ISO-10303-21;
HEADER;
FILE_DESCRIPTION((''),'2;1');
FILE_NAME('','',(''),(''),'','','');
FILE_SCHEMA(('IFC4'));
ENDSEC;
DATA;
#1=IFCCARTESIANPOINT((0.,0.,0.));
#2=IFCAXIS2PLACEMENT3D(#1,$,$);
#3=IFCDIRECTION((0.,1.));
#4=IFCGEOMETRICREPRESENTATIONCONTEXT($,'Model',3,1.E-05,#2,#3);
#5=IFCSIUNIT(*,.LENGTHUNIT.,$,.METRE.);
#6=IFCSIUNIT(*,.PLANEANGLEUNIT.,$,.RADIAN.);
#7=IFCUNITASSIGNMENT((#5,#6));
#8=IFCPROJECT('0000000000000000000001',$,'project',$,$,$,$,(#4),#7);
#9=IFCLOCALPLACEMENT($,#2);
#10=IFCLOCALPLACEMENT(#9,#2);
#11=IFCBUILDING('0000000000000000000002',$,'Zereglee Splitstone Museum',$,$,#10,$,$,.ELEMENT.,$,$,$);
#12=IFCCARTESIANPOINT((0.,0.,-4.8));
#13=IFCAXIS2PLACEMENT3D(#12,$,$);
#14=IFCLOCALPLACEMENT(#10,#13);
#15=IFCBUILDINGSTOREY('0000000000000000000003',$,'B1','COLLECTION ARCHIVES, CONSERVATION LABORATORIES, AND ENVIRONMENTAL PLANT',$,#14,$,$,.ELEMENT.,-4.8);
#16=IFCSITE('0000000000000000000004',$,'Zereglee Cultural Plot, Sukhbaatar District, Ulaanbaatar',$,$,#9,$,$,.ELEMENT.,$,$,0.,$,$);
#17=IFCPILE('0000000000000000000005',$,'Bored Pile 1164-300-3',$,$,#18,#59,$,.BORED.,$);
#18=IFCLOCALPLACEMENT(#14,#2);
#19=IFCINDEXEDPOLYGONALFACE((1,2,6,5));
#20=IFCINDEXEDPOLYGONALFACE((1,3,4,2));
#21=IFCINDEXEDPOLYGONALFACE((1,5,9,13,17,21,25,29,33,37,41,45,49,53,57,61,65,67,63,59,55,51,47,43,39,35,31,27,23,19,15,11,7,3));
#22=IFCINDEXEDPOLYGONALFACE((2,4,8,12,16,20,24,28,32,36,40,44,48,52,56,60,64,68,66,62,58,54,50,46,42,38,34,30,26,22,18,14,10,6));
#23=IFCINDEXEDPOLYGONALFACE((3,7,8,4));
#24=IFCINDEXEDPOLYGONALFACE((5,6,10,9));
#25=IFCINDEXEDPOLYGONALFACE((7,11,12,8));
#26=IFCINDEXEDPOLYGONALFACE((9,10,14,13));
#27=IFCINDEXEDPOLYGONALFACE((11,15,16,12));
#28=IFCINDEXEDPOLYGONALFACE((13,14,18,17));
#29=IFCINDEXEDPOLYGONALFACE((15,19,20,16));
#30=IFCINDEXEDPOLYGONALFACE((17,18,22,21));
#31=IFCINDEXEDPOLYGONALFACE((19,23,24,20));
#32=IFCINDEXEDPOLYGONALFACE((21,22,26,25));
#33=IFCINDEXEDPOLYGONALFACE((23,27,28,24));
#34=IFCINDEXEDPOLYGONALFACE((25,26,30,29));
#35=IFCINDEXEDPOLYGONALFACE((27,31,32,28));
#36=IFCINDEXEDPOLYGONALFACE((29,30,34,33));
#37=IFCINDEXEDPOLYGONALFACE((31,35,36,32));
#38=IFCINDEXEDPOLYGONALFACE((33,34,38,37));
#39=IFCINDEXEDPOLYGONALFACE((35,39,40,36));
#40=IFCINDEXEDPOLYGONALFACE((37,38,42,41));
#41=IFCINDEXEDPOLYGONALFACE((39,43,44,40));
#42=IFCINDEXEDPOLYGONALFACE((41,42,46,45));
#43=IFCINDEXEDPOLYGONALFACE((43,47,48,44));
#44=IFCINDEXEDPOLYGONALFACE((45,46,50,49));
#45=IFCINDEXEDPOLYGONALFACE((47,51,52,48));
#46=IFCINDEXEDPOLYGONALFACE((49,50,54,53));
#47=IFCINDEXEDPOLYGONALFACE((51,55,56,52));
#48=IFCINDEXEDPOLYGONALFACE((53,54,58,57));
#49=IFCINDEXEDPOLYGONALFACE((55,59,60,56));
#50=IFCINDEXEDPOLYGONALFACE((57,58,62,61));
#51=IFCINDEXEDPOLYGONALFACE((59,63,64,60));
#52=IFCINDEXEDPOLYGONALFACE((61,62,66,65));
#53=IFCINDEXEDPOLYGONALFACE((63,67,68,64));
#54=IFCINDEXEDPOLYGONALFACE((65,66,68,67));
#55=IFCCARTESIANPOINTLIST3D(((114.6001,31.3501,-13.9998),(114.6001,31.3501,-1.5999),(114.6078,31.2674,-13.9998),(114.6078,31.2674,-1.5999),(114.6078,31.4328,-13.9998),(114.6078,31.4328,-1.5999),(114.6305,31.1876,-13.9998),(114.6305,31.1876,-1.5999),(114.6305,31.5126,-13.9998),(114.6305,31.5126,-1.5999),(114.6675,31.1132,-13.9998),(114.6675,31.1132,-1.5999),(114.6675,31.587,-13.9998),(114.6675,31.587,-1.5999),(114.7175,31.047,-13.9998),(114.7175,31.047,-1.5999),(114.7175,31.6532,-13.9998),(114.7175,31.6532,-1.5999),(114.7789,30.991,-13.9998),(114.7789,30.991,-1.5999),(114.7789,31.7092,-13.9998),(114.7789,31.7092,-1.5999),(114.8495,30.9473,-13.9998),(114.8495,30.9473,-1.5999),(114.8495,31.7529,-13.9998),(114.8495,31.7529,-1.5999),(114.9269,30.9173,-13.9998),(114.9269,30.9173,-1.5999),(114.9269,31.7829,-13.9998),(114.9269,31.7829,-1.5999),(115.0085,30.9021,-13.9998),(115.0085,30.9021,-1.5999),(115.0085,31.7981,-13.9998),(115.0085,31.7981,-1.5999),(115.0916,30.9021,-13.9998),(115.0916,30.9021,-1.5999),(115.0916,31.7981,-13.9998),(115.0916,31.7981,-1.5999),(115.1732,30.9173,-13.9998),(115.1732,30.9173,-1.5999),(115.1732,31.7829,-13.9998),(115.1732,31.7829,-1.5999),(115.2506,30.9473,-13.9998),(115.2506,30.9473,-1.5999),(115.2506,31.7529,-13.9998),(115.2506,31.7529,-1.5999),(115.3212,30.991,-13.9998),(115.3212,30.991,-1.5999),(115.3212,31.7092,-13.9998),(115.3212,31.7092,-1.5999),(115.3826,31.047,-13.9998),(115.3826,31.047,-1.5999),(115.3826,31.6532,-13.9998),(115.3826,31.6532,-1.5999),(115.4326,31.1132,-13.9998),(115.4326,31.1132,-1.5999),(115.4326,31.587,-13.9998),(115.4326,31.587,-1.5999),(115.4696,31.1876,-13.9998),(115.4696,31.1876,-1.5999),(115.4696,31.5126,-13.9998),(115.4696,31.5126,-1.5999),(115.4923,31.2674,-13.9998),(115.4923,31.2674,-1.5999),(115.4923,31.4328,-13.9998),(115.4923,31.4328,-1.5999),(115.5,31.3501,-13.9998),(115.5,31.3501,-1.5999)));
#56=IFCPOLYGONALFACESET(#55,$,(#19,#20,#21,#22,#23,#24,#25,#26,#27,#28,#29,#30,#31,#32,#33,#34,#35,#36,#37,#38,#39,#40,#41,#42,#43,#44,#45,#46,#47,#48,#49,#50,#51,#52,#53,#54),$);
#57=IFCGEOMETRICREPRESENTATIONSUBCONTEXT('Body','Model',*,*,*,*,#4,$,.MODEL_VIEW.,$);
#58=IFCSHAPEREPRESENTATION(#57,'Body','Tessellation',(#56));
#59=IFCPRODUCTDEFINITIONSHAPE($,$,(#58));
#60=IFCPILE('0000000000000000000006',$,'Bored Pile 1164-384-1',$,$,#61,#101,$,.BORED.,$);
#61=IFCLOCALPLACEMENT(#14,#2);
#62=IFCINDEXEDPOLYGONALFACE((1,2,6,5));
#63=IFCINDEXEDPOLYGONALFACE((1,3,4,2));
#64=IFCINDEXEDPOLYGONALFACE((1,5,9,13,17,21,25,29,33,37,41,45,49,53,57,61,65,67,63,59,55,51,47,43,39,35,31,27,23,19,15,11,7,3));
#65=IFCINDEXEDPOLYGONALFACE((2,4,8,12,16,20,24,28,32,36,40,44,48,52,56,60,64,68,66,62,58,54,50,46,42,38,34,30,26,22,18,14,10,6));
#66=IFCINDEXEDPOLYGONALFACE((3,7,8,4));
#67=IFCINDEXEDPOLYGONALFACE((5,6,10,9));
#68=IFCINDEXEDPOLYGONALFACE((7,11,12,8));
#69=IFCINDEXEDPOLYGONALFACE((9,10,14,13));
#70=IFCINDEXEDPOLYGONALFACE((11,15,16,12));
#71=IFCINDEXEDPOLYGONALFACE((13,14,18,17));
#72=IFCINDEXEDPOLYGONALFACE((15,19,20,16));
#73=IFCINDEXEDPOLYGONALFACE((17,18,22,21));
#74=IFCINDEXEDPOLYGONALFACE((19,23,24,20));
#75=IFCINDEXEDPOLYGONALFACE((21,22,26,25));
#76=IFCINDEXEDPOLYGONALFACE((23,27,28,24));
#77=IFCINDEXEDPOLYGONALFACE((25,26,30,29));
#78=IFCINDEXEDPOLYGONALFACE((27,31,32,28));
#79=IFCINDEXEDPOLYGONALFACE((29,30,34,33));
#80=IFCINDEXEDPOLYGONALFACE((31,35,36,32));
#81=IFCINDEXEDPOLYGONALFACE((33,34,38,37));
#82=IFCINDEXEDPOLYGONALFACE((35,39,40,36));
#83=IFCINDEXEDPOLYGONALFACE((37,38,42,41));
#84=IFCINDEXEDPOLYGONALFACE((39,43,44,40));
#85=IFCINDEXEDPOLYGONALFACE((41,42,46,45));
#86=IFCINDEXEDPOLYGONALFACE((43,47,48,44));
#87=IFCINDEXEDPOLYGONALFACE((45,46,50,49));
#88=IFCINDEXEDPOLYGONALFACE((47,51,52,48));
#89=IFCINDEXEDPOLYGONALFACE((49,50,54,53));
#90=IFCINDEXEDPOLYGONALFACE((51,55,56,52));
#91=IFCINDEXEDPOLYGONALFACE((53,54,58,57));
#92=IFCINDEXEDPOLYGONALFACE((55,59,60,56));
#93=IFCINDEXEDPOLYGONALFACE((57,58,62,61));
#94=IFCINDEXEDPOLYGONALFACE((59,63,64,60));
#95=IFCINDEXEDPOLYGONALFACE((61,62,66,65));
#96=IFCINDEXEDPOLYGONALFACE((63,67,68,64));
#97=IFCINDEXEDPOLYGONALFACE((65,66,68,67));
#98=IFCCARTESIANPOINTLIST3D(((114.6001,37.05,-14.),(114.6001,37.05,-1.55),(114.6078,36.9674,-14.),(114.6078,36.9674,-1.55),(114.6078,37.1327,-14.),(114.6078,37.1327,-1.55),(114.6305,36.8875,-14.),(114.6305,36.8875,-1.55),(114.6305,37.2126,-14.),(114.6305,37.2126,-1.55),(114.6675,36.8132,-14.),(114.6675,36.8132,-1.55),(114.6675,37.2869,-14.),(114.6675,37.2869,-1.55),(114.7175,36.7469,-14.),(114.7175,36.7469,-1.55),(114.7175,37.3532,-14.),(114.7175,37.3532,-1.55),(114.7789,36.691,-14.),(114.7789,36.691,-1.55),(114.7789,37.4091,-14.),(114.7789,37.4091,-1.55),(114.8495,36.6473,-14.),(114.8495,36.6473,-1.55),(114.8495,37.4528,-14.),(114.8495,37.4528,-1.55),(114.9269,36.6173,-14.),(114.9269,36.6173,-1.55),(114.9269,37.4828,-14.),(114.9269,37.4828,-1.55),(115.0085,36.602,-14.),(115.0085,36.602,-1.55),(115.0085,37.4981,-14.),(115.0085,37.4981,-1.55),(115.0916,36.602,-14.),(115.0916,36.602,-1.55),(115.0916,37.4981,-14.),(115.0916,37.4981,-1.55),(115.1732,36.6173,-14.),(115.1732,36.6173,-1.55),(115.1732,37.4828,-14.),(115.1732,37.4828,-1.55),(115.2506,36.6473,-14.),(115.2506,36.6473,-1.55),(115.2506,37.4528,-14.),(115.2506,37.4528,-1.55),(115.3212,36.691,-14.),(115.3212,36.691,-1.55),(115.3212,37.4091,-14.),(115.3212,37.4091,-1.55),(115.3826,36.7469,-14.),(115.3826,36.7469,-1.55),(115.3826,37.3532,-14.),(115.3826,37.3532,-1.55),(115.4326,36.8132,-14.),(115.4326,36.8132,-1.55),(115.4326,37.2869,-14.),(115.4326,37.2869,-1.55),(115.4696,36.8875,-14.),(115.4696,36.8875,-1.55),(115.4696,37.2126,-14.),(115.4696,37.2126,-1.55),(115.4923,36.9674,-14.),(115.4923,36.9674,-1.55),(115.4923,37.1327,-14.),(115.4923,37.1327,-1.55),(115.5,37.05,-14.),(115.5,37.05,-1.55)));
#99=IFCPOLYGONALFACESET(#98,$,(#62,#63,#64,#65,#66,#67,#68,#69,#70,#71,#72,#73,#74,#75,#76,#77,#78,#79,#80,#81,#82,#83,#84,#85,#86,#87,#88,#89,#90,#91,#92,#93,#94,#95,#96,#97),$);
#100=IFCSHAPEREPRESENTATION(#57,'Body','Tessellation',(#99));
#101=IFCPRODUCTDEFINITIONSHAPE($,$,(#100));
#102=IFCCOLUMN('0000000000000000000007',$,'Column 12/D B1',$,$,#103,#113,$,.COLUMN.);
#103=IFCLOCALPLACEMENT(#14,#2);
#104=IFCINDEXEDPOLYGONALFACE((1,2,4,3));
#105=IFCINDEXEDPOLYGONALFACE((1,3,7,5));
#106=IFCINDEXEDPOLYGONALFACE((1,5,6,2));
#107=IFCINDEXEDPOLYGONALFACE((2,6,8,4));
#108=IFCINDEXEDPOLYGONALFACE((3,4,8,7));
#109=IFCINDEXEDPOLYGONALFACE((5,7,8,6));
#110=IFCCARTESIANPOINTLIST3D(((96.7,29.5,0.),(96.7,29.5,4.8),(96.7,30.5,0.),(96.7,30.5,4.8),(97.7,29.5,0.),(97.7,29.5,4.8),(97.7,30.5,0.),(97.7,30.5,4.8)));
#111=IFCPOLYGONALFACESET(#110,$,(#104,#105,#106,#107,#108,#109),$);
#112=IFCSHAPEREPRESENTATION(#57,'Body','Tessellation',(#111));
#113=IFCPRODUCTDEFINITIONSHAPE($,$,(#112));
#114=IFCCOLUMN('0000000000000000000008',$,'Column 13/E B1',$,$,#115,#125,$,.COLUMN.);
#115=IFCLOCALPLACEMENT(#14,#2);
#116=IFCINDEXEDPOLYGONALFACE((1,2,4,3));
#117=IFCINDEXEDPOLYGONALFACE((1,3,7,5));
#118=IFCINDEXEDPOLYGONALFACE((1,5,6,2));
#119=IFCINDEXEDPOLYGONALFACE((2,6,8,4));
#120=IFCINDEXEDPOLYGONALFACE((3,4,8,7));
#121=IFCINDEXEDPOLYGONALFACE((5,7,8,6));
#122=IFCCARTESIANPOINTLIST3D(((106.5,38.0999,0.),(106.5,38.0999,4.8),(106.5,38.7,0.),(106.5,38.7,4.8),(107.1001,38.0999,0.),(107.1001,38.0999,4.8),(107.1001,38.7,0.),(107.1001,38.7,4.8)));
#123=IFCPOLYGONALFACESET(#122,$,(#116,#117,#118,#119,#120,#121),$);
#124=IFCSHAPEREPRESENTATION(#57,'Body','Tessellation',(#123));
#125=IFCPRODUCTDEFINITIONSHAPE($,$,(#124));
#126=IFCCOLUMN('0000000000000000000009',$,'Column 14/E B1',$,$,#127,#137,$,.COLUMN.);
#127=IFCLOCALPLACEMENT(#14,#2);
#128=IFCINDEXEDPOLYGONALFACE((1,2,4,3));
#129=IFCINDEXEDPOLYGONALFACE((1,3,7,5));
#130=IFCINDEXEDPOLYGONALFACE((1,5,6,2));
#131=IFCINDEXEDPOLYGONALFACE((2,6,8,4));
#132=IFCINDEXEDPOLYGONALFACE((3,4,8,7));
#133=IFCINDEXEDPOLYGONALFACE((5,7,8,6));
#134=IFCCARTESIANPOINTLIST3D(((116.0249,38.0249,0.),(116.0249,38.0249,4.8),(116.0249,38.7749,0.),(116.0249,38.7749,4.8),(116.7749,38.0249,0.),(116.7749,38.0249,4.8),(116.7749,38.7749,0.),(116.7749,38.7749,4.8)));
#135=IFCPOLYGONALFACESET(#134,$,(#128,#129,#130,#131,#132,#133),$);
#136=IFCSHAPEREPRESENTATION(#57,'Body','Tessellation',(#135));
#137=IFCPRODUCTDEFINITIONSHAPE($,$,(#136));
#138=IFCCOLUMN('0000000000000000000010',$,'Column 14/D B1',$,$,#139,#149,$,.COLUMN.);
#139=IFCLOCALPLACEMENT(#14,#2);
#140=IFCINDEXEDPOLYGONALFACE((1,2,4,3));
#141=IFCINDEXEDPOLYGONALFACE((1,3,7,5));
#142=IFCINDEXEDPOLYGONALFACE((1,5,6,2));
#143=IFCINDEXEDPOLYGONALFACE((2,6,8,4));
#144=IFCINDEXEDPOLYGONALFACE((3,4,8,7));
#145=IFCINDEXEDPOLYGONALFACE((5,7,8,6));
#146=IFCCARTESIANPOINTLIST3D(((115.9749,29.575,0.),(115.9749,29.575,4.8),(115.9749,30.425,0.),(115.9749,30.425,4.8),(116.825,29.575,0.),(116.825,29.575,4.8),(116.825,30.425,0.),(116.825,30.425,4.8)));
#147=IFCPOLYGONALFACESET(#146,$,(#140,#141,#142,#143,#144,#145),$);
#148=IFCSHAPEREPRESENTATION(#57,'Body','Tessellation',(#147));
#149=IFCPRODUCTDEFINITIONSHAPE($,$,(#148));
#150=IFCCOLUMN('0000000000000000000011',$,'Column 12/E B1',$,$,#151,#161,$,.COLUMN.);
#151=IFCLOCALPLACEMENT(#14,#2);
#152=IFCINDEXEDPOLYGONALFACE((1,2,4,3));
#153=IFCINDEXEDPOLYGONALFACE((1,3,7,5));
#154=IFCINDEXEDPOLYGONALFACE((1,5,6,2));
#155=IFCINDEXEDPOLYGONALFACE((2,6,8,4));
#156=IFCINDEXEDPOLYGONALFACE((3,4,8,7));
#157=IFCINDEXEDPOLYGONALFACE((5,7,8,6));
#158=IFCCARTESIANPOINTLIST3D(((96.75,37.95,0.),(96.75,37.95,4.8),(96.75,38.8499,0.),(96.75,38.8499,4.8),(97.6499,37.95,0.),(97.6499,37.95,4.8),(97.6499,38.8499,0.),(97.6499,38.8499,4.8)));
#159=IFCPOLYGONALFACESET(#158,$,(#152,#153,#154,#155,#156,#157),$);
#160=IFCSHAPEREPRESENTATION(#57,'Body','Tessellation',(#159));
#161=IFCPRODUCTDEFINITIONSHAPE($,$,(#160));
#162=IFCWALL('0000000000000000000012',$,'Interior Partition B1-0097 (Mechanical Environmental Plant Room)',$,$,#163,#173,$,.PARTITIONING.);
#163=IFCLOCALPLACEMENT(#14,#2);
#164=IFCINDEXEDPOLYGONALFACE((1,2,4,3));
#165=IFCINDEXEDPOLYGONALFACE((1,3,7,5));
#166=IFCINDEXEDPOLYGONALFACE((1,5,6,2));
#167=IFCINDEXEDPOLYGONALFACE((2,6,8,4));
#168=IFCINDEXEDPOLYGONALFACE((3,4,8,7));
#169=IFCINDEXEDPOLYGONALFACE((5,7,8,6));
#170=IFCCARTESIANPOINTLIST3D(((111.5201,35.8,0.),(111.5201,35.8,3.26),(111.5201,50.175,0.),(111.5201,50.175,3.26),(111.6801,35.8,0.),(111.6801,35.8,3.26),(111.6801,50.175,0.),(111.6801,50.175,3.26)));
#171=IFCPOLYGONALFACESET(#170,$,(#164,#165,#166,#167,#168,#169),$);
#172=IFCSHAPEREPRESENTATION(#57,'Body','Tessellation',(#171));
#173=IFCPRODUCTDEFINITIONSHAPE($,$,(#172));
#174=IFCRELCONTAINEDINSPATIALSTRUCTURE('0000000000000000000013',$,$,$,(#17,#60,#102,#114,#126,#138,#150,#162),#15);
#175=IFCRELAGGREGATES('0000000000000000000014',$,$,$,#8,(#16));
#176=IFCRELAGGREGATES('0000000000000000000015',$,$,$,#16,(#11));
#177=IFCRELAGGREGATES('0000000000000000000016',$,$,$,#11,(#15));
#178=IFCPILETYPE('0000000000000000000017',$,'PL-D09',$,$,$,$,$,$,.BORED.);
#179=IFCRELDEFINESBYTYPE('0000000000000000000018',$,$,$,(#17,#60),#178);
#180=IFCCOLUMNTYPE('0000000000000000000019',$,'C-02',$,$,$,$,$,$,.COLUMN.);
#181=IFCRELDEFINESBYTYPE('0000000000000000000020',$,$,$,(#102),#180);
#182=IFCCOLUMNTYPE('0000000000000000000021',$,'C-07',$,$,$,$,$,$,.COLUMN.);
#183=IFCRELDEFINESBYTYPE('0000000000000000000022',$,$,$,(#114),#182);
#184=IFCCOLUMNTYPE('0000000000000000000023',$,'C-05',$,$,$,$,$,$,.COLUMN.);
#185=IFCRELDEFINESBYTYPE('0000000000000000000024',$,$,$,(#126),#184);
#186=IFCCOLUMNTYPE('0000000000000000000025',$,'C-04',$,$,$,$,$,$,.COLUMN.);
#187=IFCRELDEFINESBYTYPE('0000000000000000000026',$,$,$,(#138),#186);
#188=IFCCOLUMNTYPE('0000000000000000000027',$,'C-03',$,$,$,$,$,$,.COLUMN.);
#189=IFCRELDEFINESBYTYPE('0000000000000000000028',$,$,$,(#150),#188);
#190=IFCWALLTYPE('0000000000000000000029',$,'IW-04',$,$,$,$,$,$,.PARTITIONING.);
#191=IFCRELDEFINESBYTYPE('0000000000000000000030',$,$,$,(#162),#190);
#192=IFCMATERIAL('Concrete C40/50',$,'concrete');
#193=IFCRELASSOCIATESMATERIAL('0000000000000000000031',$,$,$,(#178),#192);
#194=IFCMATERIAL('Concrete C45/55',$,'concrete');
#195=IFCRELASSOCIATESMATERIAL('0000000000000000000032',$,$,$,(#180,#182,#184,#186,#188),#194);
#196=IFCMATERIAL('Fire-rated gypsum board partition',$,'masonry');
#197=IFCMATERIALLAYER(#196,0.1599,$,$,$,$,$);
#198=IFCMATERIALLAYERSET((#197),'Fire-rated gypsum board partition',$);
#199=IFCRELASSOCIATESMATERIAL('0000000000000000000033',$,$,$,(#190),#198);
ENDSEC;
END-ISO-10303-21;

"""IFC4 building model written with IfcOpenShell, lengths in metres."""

from ifc_helpers import new_model, si_unit, direction, frame, frame_2d, origin, origin_2d, place, context, subcontext, project, spatial, rectangle, circle, extrude, material, layer, layer_set, material_profile, profile_set, type_object, element, save


model = new_model("IFC4")

# Units and contexts
model_context = context("Model", 3, precision=1e-05, world=origin(), true_north=direction((0.0, 1.0)))
body_context = subcontext(model_context, "Body", "Model", "MODEL_VIEW")
ifc_project = project(units=[si_unit("LENGTHUNIT", "METRE"), si_unit("PLANEANGLEUNIT", "RADIAN")], contexts=[model_context])

# Site, building, storey
site_placement = place(None, origin())
site = spatial("IfcSite", under=ifc_project, at=site_placement, Name="Zereglee Cultural Plot, Sukhbaatar District, Ulaanbaatar", CompositionType="ELEMENT", RefElevation=0.0)
building_placement = place(site_placement, origin())
building = spatial("IfcBuilding", under=site, at=building_placement, Name="Zereglee Splitstone Museum", CompositionType="ELEMENT")
storey_placement = place(building_placement, frame((0.0, 0.0, -4.8)))
storey = spatial("IfcBuildingStorey", under=building, at=storey_placement, Name="B1", Description="COLLECTION ARCHIVES, CONSERVATION LABORATORIES, AND ENVIRONMENTAL PLANT", CompositionType="ELEMENT", Elevation=-4.8)

# Shared definitions
ifc_material_1 = material(Name="Concrete C40/50", Category="concrete")

# Piles
ifc_material_profile_1 = material_profile(ifc_material_1, circle(Radius=0.45, at=origin_2d()), Name="PILE D900")
ifc_profile_set_1 = profile_set([ifc_material_profile_1], Name="Concrete C40/50")
pile_type = type_object("IfcPileType", Name="PL-D09", PredefinedType="BORED", material=ifc_profile_set_1)
for number, where, z_axis, x_axis, name in (
    (1, (115.05, 31.3501, -1.5999), (0.0, 0.0, -1.0), (1.0, 0.0, 0.0), "Bored Pile 1164-300-3"),
):
    element("IfcPile", number, at=place(storey_placement, frame(where, z_axis=z_axis, x_axis=x_axis)), inside=storey, type_object=pile_type, Name=name, PredefinedType="BORED", context=body_context, shape_type="SweptSolid", body=[
        extrude(circle(Radius=0.45, at=origin_2d()), origin(), (0.0, 0.0, 1.0), 12.3999),
    ])
pile_placement = place(storey_placement, frame((115.05, 37.05, -1.55), z_axis=(0.0, 0.0, -1.0), x_axis=(1.0, 0.0, 0.0)))
element("IfcPile", 2, at=pile_placement, inside=storey, type_object=pile_type, Name="Bored Pile 1164-384-1", PredefinedType="BORED", context=body_context, shape_type="SweptSolid", body=[
    extrude(circle(Radius=0.45, at=origin_2d()), origin(), (0.0, 0.0, 1.0), 12.45),
])

# Columns
ifc_material_2 = material(Name="Concrete C45/55", Category="concrete")
ifc_material_profile_2 = material_profile(ifc_material_2, rectangle(XDim=1.0, YDim=1.0, at=origin_2d()), Name="RC 1000x1000")
ifc_profile_set_2 = profile_set([ifc_material_profile_2], Name="Concrete C45/55")
column_type_1 = type_object("IfcColumnType", Name="C-02", PredefinedType="COLUMN", material=ifc_profile_set_2)
column_1_placement = place(storey_placement, frame((97.2, 30.0, 0.0), z_axis=(0.0, 0.0, 1.0), x_axis=(1.0, 0.0, 0.0)))
element("IfcColumn", 3, at=column_1_placement, inside=storey, type_object=column_type_1, Name="Column 12/D B1", PredefinedType="COLUMN", context=body_context, shape_type="SweptSolid", body=[
    extrude(rectangle(XDim=1.0, YDim=1.0, at=origin_2d()), origin(), (0.0, 0.0, 1.0), 4.8),
])
ifc_material_profile_3 = material_profile(ifc_material_2, rectangle(XDim=0.6001, YDim=0.6001, at=origin_2d()), Name="RC 600x600")
ifc_profile_set_3 = profile_set([ifc_material_profile_3], Name="Concrete C45/55")
column_type_2 = type_object("IfcColumnType", Name="C-07", PredefinedType="COLUMN", material=ifc_profile_set_3)
column_2_placement = place(storey_placement, frame((106.8, 38.3999, 0.0), z_axis=(0.0, 0.0, 1.0), x_axis=(1.0, 0.0, 0.0)))
element("IfcColumn", 4, at=column_2_placement, inside=storey, type_object=column_type_2, Name="Column 13/E B1", PredefinedType="COLUMN", context=body_context, shape_type="SweptSolid", body=[
    extrude(rectangle(XDim=0.6001, YDim=0.6001, at=origin_2d()), origin(), (0.0, 0.0, 1.0), 4.8),
])
ifc_material_profile_4 = material_profile(ifc_material_2, rectangle(XDim=0.75, YDim=0.75, at=origin_2d()), Name="RC 750x750")
ifc_profile_set_4 = profile_set([ifc_material_profile_4], Name="Concrete C45/55")
column_type_3 = type_object("IfcColumnType", Name="C-05", PredefinedType="COLUMN", material=ifc_profile_set_4)
column_3_placement = place(storey_placement, frame((116.3999, 38.3999, 0.0), z_axis=(0.0, 0.0, 1.0), x_axis=(1.0, 0.0, 0.0)))
element("IfcColumn", 5, at=column_3_placement, inside=storey, type_object=column_type_3, Name="Column 14/E B1", PredefinedType="COLUMN", context=body_context, shape_type="SweptSolid", body=[
    extrude(rectangle(XDim=0.75, YDim=0.75, at=origin_2d()), origin(), (0.0, 0.0, 1.0), 4.8),
])
ifc_material_profile_5 = material_profile(ifc_material_2, rectangle(XDim=0.8501, YDim=0.8501, at=origin_2d()), Name="RC 850x850")
ifc_profile_set_5 = profile_set([ifc_material_profile_5], Name="Concrete C45/55")
column_type_4 = type_object("IfcColumnType", Name="C-04", PredefinedType="COLUMN", material=ifc_profile_set_5)
column_4_placement = place(storey_placement, frame((116.3999, 30.0, 0.0), z_axis=(0.0, 0.0, 1.0), x_axis=(1.0, 0.0, 0.0)))
element("IfcColumn", 6, at=column_4_placement, inside=storey, type_object=column_type_4, Name="Column 14/D B1", PredefinedType="COLUMN", context=body_context, shape_type="SweptSolid", body=[
    extrude(rectangle(XDim=0.8501, YDim=0.8501, at=origin_2d()), origin(), (0.0, 0.0, 1.0), 4.8),
])
ifc_material_profile_6 = material_profile(ifc_material_2, rectangle(XDim=0.8999, YDim=0.8999, at=origin_2d()), Name="RC 900x900")
ifc_profile_set_6 = profile_set([ifc_material_profile_6], Name="Concrete C45/55")
column_type_5 = type_object("IfcColumnType", Name="C-03", PredefinedType="COLUMN", material=ifc_profile_set_6)
column_5_placement = place(storey_placement, frame((97.2, 38.3999, 0.0), z_axis=(0.0, 0.0, 1.0), x_axis=(1.0, 0.0, 0.0)))
element("IfcColumn", 7, at=column_5_placement, inside=storey, type_object=column_type_5, Name="Column 12/E B1", PredefinedType="COLUMN", context=body_context, shape_type="SweptSolid", body=[
    extrude(rectangle(XDim=0.8999, YDim=0.8999, at=origin_2d()), origin(), (0.0, 0.0, 1.0), 4.8),
])

# Wall
ifc_material_3 = material(Name="Fire-rated gypsum board partition", Category="masonry")
ifc_layer_1 = layer(ifc_material_3, 0.1599)
ifc_layer_set_1 = layer_set([ifc_layer_1], Name="Fire-rated gypsum board partition")
wall_type = type_object("IfcWallType", Name="IW-04", PredefinedType="PARTITIONING", material=ifc_layer_set_1)
wall_placement = place(storey_placement, frame((111.6001, 35.8, 0.0), z_axis=(0.0, 0.0, 1.0), x_axis=(0.0, 1.0, 0.0)))
element("IfcWall", 8, at=wall_placement, inside=storey, type_object=wall_type, Name="Interior Partition B1-0097 (Mechanical Environmental Plant Room)", PredefinedType="PARTITIONING", context=body_context, shape_type="SweptSolid", body=[
    extrude(rectangle(XDim=14.375, YDim=0.1599, at=frame_2d((7.1875, 0.0))), origin(), (0.0, 0.0, 1.0), 3.26),
])

save(model, "model.ifc")
